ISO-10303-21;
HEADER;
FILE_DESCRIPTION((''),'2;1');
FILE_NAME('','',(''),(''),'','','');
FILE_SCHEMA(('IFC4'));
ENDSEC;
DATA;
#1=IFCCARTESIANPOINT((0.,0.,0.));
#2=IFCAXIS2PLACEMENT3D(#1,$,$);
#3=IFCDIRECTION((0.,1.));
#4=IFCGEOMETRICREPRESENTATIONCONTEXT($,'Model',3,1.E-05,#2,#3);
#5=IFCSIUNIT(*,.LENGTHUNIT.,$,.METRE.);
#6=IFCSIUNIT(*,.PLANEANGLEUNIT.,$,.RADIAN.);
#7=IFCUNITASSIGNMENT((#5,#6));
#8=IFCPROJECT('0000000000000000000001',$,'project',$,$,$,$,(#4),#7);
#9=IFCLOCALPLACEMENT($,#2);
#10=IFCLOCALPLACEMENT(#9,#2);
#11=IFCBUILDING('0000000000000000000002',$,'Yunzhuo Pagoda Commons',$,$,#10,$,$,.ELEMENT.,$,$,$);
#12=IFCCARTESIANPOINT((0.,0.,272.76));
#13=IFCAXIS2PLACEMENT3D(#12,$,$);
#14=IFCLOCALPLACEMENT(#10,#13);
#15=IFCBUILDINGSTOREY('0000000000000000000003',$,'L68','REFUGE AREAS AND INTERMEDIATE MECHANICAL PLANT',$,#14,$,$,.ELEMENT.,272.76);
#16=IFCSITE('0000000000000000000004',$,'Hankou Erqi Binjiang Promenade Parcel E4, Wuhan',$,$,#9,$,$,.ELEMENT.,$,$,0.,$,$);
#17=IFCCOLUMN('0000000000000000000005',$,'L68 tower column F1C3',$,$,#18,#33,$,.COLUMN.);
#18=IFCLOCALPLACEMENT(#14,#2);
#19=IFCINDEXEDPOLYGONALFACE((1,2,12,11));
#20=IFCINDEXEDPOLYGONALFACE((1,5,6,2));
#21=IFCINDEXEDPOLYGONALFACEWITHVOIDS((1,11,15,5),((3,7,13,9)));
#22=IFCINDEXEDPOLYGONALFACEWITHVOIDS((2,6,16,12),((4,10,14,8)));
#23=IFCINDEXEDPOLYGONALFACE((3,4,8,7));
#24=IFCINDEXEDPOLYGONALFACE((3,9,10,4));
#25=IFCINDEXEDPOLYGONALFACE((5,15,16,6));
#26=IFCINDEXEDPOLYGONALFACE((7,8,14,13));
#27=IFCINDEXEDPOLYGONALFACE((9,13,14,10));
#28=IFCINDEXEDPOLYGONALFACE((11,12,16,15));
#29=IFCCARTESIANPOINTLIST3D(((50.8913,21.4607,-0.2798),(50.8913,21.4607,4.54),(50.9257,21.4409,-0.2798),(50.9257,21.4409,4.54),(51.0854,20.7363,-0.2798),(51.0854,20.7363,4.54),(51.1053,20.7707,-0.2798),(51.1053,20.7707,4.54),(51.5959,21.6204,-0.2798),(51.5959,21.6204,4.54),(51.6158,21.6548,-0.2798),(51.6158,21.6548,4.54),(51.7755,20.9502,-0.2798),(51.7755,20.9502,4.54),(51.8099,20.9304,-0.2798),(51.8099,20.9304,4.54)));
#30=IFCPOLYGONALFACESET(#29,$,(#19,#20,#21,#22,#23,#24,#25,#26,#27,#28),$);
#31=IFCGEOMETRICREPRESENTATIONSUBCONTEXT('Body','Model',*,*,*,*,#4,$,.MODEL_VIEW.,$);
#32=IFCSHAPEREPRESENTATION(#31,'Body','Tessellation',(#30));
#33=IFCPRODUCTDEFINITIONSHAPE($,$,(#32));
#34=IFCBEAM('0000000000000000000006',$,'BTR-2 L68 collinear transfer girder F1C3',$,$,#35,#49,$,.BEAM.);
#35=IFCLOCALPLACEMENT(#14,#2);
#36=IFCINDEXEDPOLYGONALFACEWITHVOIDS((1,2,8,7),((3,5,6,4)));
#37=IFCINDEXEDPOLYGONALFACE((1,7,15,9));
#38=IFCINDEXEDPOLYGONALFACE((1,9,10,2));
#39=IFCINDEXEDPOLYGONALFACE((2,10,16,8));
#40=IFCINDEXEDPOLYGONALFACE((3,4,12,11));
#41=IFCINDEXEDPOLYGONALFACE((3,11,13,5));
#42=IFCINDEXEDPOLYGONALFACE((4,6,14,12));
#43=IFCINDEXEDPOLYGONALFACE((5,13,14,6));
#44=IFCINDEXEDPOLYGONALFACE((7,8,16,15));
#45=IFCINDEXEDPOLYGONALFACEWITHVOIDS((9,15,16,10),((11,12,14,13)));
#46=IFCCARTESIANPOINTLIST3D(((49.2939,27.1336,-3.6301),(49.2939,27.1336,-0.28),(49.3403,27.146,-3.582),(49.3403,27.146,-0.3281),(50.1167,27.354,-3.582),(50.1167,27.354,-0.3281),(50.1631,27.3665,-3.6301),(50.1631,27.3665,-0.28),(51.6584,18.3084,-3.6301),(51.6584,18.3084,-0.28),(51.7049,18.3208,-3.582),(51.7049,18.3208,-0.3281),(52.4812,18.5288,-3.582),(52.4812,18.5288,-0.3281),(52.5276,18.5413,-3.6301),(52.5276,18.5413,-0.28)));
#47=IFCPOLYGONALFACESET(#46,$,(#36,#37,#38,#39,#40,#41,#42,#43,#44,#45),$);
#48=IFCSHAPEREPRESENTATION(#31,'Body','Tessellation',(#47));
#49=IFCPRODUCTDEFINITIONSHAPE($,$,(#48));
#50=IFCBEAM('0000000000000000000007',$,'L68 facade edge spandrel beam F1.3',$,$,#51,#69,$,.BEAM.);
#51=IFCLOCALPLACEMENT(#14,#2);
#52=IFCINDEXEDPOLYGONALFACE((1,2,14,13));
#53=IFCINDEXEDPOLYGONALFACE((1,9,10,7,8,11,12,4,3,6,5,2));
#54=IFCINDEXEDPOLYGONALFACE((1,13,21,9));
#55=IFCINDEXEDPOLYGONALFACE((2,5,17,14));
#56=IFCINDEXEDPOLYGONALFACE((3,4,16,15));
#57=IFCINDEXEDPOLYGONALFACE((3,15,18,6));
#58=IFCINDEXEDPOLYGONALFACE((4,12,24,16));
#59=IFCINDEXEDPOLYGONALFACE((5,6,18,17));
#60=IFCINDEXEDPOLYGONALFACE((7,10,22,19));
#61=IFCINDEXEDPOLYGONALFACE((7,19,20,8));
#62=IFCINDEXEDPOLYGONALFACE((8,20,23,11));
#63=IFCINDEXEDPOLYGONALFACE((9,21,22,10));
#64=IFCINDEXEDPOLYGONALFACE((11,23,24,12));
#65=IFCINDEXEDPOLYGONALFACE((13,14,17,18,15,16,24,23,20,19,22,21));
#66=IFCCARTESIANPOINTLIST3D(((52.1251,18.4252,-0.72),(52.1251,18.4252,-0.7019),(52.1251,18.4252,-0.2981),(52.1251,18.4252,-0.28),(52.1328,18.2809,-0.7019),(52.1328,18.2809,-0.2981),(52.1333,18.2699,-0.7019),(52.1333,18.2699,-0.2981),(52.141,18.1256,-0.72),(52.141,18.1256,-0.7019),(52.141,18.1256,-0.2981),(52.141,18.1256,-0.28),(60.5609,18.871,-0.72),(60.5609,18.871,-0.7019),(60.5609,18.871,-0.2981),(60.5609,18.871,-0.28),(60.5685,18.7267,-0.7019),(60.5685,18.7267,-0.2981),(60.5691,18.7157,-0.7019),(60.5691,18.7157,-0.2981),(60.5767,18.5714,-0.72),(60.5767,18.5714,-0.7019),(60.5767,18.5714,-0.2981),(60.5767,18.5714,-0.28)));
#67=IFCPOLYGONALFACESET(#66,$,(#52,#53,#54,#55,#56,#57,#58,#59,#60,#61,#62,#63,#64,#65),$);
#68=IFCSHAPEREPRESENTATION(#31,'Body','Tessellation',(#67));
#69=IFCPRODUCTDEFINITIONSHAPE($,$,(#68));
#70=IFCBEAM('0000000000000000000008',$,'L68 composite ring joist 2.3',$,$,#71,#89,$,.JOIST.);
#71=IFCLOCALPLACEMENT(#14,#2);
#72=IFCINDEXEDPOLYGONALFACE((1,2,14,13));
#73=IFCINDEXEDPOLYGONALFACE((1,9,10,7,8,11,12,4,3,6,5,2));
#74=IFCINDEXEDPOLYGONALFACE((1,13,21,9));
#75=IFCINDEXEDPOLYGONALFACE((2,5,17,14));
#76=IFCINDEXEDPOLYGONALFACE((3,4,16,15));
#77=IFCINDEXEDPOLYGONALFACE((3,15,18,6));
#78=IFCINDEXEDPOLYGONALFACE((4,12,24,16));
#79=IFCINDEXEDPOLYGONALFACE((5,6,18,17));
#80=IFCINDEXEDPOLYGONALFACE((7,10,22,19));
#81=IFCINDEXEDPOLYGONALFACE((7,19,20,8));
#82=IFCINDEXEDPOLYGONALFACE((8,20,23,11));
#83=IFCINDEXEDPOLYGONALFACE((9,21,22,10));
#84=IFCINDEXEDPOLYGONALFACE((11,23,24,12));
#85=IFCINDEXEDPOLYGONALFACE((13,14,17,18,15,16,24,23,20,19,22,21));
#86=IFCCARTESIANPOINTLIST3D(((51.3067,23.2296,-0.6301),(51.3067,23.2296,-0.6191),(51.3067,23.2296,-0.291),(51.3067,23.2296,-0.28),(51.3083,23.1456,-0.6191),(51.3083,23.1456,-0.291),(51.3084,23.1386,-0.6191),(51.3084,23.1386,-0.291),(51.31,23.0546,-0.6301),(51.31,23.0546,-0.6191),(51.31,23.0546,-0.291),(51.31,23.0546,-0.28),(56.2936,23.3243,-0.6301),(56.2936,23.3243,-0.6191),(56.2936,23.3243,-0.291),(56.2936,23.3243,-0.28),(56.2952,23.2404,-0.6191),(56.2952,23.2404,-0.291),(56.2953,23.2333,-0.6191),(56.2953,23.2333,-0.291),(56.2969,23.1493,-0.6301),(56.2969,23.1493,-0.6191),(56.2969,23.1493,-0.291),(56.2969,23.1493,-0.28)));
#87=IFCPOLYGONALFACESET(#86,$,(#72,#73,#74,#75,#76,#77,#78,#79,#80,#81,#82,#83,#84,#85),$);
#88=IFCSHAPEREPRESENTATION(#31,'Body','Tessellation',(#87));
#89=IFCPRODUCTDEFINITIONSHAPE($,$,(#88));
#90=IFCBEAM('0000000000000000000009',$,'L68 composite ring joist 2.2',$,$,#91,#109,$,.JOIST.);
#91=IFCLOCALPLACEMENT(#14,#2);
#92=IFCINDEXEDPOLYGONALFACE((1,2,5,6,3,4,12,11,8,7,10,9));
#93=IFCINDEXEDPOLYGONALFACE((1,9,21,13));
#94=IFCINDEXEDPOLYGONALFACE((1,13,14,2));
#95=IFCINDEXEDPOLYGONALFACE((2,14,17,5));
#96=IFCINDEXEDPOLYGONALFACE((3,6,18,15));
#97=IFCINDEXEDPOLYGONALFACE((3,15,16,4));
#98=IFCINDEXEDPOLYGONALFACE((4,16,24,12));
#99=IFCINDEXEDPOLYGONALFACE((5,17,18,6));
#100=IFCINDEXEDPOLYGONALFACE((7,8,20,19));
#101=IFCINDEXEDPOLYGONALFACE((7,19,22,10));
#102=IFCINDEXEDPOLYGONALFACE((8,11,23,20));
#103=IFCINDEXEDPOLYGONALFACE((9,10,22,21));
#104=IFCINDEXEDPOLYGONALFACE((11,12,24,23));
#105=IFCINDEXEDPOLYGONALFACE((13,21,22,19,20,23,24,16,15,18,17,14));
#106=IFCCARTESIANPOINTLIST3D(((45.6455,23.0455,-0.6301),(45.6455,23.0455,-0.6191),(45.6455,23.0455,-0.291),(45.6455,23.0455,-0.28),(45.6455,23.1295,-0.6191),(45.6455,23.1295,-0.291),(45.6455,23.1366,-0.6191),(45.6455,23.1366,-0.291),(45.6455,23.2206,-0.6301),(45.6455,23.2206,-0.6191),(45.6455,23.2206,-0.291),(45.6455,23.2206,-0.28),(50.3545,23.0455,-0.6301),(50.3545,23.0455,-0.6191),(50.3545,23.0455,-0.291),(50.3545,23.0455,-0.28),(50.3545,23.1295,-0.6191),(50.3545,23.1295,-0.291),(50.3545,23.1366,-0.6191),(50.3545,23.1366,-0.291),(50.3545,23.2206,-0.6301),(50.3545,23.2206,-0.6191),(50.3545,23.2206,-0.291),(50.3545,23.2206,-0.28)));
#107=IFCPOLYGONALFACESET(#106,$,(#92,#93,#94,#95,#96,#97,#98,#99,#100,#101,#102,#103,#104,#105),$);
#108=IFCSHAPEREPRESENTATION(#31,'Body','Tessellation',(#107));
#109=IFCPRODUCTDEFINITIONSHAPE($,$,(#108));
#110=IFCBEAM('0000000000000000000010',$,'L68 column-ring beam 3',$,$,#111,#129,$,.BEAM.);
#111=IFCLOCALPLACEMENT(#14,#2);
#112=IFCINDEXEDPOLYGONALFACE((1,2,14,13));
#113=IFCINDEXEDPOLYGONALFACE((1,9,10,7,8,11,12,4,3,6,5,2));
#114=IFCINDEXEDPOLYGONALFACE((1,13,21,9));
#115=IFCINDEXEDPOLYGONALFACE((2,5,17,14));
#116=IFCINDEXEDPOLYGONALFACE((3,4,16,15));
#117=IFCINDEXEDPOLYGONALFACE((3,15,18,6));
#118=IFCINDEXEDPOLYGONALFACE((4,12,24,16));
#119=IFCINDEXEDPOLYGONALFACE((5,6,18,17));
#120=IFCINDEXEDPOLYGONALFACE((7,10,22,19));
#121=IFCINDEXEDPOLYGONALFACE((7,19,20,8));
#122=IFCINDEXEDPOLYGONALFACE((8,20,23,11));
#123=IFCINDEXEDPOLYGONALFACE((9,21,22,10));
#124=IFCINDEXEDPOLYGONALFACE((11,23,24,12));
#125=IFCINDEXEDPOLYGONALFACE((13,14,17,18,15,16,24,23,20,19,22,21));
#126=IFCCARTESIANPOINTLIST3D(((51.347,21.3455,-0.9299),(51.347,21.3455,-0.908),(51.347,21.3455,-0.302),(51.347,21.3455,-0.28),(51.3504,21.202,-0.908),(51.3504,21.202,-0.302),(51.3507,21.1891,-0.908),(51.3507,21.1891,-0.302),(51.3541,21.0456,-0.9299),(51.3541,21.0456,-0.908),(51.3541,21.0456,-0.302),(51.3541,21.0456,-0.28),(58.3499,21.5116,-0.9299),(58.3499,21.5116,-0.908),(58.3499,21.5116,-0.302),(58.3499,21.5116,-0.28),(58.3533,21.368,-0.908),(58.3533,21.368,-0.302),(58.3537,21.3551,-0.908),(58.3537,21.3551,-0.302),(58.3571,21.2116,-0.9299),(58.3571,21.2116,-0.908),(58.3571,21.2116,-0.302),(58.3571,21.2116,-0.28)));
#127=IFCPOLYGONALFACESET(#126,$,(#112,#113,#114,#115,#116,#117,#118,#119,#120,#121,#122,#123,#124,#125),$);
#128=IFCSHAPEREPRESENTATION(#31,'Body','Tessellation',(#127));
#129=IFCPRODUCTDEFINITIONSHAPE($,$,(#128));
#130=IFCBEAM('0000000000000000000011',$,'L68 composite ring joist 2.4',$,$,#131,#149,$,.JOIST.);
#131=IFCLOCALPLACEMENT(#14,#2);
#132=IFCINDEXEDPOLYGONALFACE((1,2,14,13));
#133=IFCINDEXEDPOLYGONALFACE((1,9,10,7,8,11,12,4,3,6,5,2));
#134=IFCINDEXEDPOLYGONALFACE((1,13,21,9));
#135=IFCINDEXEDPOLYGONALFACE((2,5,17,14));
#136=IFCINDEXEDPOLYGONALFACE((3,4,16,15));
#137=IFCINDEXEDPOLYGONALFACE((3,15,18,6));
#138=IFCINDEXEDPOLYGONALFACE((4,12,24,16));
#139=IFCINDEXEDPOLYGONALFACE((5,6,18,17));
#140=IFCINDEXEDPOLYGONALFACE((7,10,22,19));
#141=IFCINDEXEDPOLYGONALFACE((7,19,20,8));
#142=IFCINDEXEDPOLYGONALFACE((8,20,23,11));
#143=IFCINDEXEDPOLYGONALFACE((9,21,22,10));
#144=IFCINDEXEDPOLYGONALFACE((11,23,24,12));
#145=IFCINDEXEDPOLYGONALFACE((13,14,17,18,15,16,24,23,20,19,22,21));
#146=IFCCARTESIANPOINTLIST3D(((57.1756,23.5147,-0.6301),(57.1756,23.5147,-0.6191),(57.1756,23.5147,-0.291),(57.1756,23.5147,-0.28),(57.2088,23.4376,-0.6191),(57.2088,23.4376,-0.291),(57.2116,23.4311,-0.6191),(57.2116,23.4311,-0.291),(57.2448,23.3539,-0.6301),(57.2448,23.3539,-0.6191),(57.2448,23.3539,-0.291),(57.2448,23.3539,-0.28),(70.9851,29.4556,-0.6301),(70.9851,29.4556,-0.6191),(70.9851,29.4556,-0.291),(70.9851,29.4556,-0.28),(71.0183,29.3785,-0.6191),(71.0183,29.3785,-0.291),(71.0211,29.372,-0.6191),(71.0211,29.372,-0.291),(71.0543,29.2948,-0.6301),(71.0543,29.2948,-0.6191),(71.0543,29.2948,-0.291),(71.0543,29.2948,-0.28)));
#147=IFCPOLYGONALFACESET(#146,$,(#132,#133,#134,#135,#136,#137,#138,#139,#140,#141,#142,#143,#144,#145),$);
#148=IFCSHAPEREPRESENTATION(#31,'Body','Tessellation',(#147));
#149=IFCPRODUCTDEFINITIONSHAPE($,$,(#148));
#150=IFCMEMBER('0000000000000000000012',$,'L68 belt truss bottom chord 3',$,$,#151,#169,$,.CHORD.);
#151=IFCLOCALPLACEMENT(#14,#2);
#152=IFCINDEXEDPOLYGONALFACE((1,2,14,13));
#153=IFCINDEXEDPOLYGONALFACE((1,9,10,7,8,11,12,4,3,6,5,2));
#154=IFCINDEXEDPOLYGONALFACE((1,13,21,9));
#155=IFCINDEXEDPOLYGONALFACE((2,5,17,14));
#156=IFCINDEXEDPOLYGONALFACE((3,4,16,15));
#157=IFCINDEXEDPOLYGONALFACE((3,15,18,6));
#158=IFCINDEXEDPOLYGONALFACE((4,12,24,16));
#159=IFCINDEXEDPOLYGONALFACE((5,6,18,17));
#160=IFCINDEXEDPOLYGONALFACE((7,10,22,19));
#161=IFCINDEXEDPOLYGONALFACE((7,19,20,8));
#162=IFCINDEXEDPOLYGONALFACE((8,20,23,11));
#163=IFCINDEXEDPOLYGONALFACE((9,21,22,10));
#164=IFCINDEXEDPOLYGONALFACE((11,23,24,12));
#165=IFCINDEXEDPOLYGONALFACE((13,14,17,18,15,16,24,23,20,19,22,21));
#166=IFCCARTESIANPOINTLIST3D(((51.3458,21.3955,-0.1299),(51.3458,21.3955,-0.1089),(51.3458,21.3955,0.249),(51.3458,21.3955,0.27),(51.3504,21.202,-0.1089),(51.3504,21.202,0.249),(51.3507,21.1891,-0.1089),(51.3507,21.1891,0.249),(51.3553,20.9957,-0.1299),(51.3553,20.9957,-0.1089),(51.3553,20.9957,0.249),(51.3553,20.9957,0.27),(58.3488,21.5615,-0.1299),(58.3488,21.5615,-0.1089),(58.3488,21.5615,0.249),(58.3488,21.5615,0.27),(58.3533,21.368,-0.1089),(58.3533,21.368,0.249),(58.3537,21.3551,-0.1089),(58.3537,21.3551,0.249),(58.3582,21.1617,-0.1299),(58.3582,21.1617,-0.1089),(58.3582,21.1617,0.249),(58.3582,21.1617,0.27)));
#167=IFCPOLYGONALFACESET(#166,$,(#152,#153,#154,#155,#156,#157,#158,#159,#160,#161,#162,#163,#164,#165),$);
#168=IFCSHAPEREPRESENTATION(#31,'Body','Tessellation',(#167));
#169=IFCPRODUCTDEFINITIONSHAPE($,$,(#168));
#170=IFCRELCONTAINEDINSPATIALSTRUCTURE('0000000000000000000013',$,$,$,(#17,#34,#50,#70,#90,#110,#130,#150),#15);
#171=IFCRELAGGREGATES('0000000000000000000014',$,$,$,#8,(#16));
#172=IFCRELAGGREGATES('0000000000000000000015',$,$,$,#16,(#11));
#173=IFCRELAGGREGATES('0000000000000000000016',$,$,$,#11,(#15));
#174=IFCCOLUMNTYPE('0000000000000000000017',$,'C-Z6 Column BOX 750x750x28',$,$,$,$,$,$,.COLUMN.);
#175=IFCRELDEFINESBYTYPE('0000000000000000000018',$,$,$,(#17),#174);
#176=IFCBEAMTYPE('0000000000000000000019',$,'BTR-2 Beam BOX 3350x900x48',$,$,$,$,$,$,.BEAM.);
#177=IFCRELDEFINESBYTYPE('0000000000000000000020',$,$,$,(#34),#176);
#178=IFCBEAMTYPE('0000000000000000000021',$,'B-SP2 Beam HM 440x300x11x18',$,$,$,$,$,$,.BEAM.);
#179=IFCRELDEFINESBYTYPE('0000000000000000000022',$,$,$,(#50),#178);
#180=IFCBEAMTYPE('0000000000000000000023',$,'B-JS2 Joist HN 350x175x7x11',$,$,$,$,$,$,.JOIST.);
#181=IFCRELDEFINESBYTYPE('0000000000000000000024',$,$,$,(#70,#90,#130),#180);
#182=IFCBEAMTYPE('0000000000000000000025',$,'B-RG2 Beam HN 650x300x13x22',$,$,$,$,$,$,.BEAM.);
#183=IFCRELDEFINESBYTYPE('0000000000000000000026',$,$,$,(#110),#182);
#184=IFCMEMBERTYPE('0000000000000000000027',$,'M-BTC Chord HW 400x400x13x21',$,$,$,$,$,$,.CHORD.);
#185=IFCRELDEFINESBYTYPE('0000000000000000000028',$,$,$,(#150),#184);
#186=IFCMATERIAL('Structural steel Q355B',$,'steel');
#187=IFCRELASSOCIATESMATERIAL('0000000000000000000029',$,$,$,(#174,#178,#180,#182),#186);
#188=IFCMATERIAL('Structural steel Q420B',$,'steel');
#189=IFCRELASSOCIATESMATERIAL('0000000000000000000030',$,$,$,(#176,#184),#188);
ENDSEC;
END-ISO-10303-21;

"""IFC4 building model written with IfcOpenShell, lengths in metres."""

from ifc_helpers import new_model, si_unit, direction, frame, origin, origin_2d, place, context, subcontext, project, spatial, hollow_rectangle, i_section, extrude, source, transform, mapped, material, material_profile, profile_set, type_object, element, save


model = new_model("IFC4")

# Units and contexts
model_context = context("Model", 3, precision=1e-05, world=origin(), true_north=direction((0.0, 1.0)))
body_context = subcontext(model_context, "Body", "Model", "MODEL_VIEW")
ifc_project = project(units=[si_unit("LENGTHUNIT", "METRE"), si_unit("PLANEANGLEUNIT", "RADIAN")], contexts=[model_context])

# Site, building, storey
site_placement = place(None, origin())
site = spatial("IfcSite", under=ifc_project, at=site_placement, Name="Hankou Erqi Binjiang Promenade Parcel E4, Wuhan", CompositionType="ELEMENT", RefElevation=0.0)
building_placement = place(site_placement, origin())
building = spatial("IfcBuilding", under=site, at=building_placement, Name="Yunzhuo Pagoda Commons", CompositionType="ELEMENT")
storey_placement = place(building_placement, frame((0.0, 0.0, 272.76)))
storey = spatial("IfcBuildingStorey", under=building, at=storey_placement, Name="L68", Description="REFUGE AREAS AND INTERMEDIATE MECHANICAL PLANT", CompositionType="ELEMENT", Elevation=272.76)

# Column
ifc_material_1 = material(Name="Structural steel Q355B", Category="steel")
ifc_material_profile_1 = material_profile(ifc_material_1, hollow_rectangle(XDim=0.75, YDim=0.75, WallThickness=0.0281, at=origin_2d()), Name="Structural steel Q355B")
ifc_profile_set_1 = profile_set([ifc_material_profile_1], Name="Structural steel Q355B")
column_type = type_object("IfcColumnType", Name="C-Z6 Column BOX 750x750x28", PredefinedType="COLUMN", material=ifc_profile_set_1)
shared_shape_1 = source(origin(), body_context, "Body", "SweptSolid", [
    extrude(hollow_rectangle(XDim=0.75, YDim=0.75, WallThickness=0.0281, at=origin_2d()), origin(), (0.0, 0.0, 1.0), 4.8198),
])
column_placement = place(storey_placement, frame((51.3506, 21.1956, -0.2798), z_axis=(0.0, 0.0, 1.0), x_axis=(0.965926, 0.258819, 0.0)))
element("IfcColumn", 1, at=column_placement, inside=storey, type_object=column_type, Name="L68 tower column F1C3", PredefinedType="COLUMN", context=body_context, shape_type="MappedRepresentation", body=[
    mapped(shared_shape_1, transform((0.0, 0.0, 0.0), scale=1.0)),
])

# Beams
ifc_material_2 = material(Name="Structural steel Q420B", Category="steel")
ifc_material_profile_2 = material_profile(ifc_material_2, hollow_rectangle(XDim=0.8999, YDim=3.3501, WallThickness=0.0481, at=origin_2d()), Name="Structural steel Q420B")
ifc_profile_set_2 = profile_set([ifc_material_profile_2], Name="Structural steel Q420B")
beam_type_1 = type_object("IfcBeamType", Name="BTR-2 Beam BOX 3350x900x48", PredefinedType="BEAM", material=ifc_profile_set_2)
shared_shape_2 = source(origin(), body_context, "Body", "SweptSolid", [
    extrude(hollow_rectangle(XDim=0.8999, YDim=3.3501, WallThickness=0.0481, at=origin_2d()), origin(), (0.0, 0.0, 1.0), 9.1365),
])
beam_1_placement = place(storey_placement, frame((52.093, 18.4248, -1.9551), z_axis=(-0.258798, 0.965931, 0.0), x_axis=(-0.965931, -0.258798, 0.0)))
element("IfcBeam", 2, at=beam_1_placement, inside=storey, type_object=beam_type_1, Name="BTR-2 L68 collinear transfer girder F1C3", PredefinedType="BEAM", context=body_context, shape_type="MappedRepresentation", body=[
    mapped(shared_shape_2, transform((0.0, 0.0, 0.0), scale=1.0)),
])
ifc_material_profile_3 = material_profile(ifc_material_1, i_section(OverallWidth=0.3, OverallDepth=0.4399, WebThickness=0.011, FlangeThickness=0.0181, at=origin_2d()), Name="Structural steel Q355B")
ifc_profile_set_3 = profile_set([ifc_material_profile_3], Name="Structural steel Q355B")
beam_type_2 = type_object("IfcBeamType", Name="B-SP2 Beam HM 440x300x11x18", PredefinedType="BEAM", material=ifc_profile_set_3)
shared_shape_3 = source(origin(), body_context, "Body", "SweptSolid", [
    extrude(i_section(OverallWidth=0.3, OverallDepth=0.4399, WebThickness=0.011, FlangeThickness=0.0181, at=origin_2d()), origin(), (0.0, 0.0, 1.0), 8.4475),
])
beam_2_placement = place(storey_placement, frame((52.1331, 18.2754, -0.5), z_axis=(0.998607, 0.052773, 0.0), x_axis=(-0.052773, 0.998607, 0.0)))
element("IfcBeam", 3, at=beam_2_placement, inside=storey, type_object=beam_type_2, Name="L68 facade edge spandrel beam F1.3", PredefinedType="BEAM", context=body_context, shape_type="MappedRepresentation", body=[
    mapped(shared_shape_3, transform((0.0, 0.0, 0.0), scale=1.0)),
])
ifc_material_profile_4 = material_profile(ifc_material_1, i_section(OverallWidth=0.175, OverallDepth=0.3501, WebThickness=0.0071, FlangeThickness=0.011, at=origin_2d()), Name="Structural steel Q355B")
ifc_profile_set_4 = profile_set([ifc_material_profile_4], Name="Structural steel Q355B")
beam_type_3 = type_object("IfcBeamType", Name="B-JS2 Joist HN 350x175x7x11", PredefinedType="JOIST", material=ifc_profile_set_4)
shared_shape_4 = source(origin(), body_context, "Body", "SweptSolid", [
    extrude(i_section(OverallWidth=0.175, OverallDepth=0.3501, WebThickness=0.0071, FlangeThickness=0.011, at=origin_2d()), origin(), (0.0, 0.0, 1.0), 4.9878),
])
beam_3_placement = place(storey_placement, frame((51.3083, 23.1421, -0.4551), z_axis=(0.99982, 0.018992, 0.0), x_axis=(-0.018992, 0.99982, 0.0)))
element("IfcBeam", 4, at=beam_3_placement, inside=storey, type_object=beam_type_3, Name="L68 composite ring joist 2.3", PredefinedType="JOIST", context=body_context, shape_type="MappedRepresentation", body=[
    mapped(shared_shape_4, transform((0.0, 0.0, 0.0), scale=1.0)),
])
shared_shape_5 = source(origin(), body_context, "Body", "SweptSolid", [
    extrude(i_section(OverallWidth=0.175, OverallDepth=0.3501, WebThickness=0.0071, FlangeThickness=0.011, at=origin_2d()), origin(), (0.0, 0.0, 1.0), 4.709),
])
beam_4_placement = place(storey_placement, frame((45.6455, 23.1331, -0.4551), z_axis=(1.0, 0.0, 0.0), x_axis=(0.0, 1.0, 0.0)))
element("IfcBeam", 5, at=beam_4_placement, inside=storey, type_object=beam_type_3, Name="L68 composite ring joist 2.2", PredefinedType="JOIST", context=body_context, shape_type="MappedRepresentation", body=[
    mapped(shared_shape_5, transform((0.0, 0.0, 0.0), scale=1.0)),
])
ifc_material_profile_5 = material_profile(ifc_material_1, i_section(OverallWidth=0.3, OverallDepth=0.6499, WebThickness=0.0129, FlangeThickness=0.022, at=origin_2d()), Name="Structural steel Q355B")
ifc_profile_set_5 = profile_set([ifc_material_profile_5], Name="Structural steel Q355B")
beam_type_4 = type_object("IfcBeamType", Name="B-RG2 Beam HN 650x300x13x22", PredefinedType="BEAM", material=ifc_profile_set_5)
shared_shape_6 = source(origin(), body_context, "Body", "SweptSolid", [
    extrude(i_section(OverallWidth=0.3, OverallDepth=0.6499, WebThickness=0.0129, FlangeThickness=0.022, at=origin_2d()), origin(), (0.0, 0.0, 1.0), 7.0049),
])
beam_5_placement = place(storey_placement, frame((51.3506, 21.1956, -0.605), z_axis=(0.999719, 0.0237, 0.0), x_axis=(-0.0237, 0.999719, 0.0)))
element("IfcBeam", 6, at=beam_5_placement, inside=storey, type_object=beam_type_4, Name="L68 column-ring beam 3", PredefinedType="BEAM", context=body_context, shape_type="MappedRepresentation", body=[
    mapped(shared_shape_6, transform((0.0, 0.0, 0.0), scale=1.0)),
])
shared_shape_7 = source(origin(), body_context, "Body", "SweptSolid", [
    extrude(i_section(OverallWidth=0.175, OverallDepth=0.3501, WebThickness=0.0071, FlangeThickness=0.011, at=origin_2d()), origin(), (0.0, 0.0, 1.0), 15.0332),
])
beam_6_placement = place(storey_placement, frame((57.2102, 23.4343, -0.4551), z_axis=(0.918602, 0.395185, 0.0), x_axis=(-0.395185, 0.918602, 0.0)))
element("IfcBeam", 7, at=beam_6_placement, inside=storey, type_object=beam_type_3, Name="L68 composite ring joist 2.4", PredefinedType="JOIST", context=body_context, shape_type="MappedRepresentation", body=[
    mapped(shared_shape_7, transform((0.0, 0.0, 0.0), scale=1.0)),
])

# Member
ifc_material_profile_6 = material_profile(ifc_material_2, i_section(OverallWidth=0.3999, OverallDepth=0.3999, WebThickness=0.0129, FlangeThickness=0.021, at=origin_2d()), Name="Structural steel Q420B")
ifc_profile_set_6 = profile_set([ifc_material_profile_6], Name="Structural steel Q420B")
member_type_1 = type_object("IfcMemberType", Name="M-BTC Chord HW 400x400x13x21", PredefinedType="CHORD", material=ifc_profile_set_6)
shared_shape_8 = source(origin(), body_context, "Body", "SweptSolid", [
    extrude(i_section(OverallWidth=0.3999, OverallDepth=0.3999, WebThickness=0.0129, FlangeThickness=0.021, at=origin_2d()), origin(), (0.0, 0.0, 1.0), 7.0049),
])
for number, where, z_axis, x_axis, name in (
    (8, (51.3506, 21.1956, 0.0701), (0.999719, 0.0237, 0.0), (-0.0237, 0.999719, 0.0), "L68 belt truss bottom chord 3"),
):
    element("IfcMember", number, at=place(storey_placement, frame(where, z_axis=z_axis, x_axis=x_axis)), inside=storey, type_object=member_type_1, Name=name, PredefinedType="CHORD", context=body_context, shape_type="MappedRepresentation", body=[
        mapped(shared_shape_8, transform((0.0, 0.0, 0.0), scale=1.0)),
    ])

save(model, "model.ifc")
